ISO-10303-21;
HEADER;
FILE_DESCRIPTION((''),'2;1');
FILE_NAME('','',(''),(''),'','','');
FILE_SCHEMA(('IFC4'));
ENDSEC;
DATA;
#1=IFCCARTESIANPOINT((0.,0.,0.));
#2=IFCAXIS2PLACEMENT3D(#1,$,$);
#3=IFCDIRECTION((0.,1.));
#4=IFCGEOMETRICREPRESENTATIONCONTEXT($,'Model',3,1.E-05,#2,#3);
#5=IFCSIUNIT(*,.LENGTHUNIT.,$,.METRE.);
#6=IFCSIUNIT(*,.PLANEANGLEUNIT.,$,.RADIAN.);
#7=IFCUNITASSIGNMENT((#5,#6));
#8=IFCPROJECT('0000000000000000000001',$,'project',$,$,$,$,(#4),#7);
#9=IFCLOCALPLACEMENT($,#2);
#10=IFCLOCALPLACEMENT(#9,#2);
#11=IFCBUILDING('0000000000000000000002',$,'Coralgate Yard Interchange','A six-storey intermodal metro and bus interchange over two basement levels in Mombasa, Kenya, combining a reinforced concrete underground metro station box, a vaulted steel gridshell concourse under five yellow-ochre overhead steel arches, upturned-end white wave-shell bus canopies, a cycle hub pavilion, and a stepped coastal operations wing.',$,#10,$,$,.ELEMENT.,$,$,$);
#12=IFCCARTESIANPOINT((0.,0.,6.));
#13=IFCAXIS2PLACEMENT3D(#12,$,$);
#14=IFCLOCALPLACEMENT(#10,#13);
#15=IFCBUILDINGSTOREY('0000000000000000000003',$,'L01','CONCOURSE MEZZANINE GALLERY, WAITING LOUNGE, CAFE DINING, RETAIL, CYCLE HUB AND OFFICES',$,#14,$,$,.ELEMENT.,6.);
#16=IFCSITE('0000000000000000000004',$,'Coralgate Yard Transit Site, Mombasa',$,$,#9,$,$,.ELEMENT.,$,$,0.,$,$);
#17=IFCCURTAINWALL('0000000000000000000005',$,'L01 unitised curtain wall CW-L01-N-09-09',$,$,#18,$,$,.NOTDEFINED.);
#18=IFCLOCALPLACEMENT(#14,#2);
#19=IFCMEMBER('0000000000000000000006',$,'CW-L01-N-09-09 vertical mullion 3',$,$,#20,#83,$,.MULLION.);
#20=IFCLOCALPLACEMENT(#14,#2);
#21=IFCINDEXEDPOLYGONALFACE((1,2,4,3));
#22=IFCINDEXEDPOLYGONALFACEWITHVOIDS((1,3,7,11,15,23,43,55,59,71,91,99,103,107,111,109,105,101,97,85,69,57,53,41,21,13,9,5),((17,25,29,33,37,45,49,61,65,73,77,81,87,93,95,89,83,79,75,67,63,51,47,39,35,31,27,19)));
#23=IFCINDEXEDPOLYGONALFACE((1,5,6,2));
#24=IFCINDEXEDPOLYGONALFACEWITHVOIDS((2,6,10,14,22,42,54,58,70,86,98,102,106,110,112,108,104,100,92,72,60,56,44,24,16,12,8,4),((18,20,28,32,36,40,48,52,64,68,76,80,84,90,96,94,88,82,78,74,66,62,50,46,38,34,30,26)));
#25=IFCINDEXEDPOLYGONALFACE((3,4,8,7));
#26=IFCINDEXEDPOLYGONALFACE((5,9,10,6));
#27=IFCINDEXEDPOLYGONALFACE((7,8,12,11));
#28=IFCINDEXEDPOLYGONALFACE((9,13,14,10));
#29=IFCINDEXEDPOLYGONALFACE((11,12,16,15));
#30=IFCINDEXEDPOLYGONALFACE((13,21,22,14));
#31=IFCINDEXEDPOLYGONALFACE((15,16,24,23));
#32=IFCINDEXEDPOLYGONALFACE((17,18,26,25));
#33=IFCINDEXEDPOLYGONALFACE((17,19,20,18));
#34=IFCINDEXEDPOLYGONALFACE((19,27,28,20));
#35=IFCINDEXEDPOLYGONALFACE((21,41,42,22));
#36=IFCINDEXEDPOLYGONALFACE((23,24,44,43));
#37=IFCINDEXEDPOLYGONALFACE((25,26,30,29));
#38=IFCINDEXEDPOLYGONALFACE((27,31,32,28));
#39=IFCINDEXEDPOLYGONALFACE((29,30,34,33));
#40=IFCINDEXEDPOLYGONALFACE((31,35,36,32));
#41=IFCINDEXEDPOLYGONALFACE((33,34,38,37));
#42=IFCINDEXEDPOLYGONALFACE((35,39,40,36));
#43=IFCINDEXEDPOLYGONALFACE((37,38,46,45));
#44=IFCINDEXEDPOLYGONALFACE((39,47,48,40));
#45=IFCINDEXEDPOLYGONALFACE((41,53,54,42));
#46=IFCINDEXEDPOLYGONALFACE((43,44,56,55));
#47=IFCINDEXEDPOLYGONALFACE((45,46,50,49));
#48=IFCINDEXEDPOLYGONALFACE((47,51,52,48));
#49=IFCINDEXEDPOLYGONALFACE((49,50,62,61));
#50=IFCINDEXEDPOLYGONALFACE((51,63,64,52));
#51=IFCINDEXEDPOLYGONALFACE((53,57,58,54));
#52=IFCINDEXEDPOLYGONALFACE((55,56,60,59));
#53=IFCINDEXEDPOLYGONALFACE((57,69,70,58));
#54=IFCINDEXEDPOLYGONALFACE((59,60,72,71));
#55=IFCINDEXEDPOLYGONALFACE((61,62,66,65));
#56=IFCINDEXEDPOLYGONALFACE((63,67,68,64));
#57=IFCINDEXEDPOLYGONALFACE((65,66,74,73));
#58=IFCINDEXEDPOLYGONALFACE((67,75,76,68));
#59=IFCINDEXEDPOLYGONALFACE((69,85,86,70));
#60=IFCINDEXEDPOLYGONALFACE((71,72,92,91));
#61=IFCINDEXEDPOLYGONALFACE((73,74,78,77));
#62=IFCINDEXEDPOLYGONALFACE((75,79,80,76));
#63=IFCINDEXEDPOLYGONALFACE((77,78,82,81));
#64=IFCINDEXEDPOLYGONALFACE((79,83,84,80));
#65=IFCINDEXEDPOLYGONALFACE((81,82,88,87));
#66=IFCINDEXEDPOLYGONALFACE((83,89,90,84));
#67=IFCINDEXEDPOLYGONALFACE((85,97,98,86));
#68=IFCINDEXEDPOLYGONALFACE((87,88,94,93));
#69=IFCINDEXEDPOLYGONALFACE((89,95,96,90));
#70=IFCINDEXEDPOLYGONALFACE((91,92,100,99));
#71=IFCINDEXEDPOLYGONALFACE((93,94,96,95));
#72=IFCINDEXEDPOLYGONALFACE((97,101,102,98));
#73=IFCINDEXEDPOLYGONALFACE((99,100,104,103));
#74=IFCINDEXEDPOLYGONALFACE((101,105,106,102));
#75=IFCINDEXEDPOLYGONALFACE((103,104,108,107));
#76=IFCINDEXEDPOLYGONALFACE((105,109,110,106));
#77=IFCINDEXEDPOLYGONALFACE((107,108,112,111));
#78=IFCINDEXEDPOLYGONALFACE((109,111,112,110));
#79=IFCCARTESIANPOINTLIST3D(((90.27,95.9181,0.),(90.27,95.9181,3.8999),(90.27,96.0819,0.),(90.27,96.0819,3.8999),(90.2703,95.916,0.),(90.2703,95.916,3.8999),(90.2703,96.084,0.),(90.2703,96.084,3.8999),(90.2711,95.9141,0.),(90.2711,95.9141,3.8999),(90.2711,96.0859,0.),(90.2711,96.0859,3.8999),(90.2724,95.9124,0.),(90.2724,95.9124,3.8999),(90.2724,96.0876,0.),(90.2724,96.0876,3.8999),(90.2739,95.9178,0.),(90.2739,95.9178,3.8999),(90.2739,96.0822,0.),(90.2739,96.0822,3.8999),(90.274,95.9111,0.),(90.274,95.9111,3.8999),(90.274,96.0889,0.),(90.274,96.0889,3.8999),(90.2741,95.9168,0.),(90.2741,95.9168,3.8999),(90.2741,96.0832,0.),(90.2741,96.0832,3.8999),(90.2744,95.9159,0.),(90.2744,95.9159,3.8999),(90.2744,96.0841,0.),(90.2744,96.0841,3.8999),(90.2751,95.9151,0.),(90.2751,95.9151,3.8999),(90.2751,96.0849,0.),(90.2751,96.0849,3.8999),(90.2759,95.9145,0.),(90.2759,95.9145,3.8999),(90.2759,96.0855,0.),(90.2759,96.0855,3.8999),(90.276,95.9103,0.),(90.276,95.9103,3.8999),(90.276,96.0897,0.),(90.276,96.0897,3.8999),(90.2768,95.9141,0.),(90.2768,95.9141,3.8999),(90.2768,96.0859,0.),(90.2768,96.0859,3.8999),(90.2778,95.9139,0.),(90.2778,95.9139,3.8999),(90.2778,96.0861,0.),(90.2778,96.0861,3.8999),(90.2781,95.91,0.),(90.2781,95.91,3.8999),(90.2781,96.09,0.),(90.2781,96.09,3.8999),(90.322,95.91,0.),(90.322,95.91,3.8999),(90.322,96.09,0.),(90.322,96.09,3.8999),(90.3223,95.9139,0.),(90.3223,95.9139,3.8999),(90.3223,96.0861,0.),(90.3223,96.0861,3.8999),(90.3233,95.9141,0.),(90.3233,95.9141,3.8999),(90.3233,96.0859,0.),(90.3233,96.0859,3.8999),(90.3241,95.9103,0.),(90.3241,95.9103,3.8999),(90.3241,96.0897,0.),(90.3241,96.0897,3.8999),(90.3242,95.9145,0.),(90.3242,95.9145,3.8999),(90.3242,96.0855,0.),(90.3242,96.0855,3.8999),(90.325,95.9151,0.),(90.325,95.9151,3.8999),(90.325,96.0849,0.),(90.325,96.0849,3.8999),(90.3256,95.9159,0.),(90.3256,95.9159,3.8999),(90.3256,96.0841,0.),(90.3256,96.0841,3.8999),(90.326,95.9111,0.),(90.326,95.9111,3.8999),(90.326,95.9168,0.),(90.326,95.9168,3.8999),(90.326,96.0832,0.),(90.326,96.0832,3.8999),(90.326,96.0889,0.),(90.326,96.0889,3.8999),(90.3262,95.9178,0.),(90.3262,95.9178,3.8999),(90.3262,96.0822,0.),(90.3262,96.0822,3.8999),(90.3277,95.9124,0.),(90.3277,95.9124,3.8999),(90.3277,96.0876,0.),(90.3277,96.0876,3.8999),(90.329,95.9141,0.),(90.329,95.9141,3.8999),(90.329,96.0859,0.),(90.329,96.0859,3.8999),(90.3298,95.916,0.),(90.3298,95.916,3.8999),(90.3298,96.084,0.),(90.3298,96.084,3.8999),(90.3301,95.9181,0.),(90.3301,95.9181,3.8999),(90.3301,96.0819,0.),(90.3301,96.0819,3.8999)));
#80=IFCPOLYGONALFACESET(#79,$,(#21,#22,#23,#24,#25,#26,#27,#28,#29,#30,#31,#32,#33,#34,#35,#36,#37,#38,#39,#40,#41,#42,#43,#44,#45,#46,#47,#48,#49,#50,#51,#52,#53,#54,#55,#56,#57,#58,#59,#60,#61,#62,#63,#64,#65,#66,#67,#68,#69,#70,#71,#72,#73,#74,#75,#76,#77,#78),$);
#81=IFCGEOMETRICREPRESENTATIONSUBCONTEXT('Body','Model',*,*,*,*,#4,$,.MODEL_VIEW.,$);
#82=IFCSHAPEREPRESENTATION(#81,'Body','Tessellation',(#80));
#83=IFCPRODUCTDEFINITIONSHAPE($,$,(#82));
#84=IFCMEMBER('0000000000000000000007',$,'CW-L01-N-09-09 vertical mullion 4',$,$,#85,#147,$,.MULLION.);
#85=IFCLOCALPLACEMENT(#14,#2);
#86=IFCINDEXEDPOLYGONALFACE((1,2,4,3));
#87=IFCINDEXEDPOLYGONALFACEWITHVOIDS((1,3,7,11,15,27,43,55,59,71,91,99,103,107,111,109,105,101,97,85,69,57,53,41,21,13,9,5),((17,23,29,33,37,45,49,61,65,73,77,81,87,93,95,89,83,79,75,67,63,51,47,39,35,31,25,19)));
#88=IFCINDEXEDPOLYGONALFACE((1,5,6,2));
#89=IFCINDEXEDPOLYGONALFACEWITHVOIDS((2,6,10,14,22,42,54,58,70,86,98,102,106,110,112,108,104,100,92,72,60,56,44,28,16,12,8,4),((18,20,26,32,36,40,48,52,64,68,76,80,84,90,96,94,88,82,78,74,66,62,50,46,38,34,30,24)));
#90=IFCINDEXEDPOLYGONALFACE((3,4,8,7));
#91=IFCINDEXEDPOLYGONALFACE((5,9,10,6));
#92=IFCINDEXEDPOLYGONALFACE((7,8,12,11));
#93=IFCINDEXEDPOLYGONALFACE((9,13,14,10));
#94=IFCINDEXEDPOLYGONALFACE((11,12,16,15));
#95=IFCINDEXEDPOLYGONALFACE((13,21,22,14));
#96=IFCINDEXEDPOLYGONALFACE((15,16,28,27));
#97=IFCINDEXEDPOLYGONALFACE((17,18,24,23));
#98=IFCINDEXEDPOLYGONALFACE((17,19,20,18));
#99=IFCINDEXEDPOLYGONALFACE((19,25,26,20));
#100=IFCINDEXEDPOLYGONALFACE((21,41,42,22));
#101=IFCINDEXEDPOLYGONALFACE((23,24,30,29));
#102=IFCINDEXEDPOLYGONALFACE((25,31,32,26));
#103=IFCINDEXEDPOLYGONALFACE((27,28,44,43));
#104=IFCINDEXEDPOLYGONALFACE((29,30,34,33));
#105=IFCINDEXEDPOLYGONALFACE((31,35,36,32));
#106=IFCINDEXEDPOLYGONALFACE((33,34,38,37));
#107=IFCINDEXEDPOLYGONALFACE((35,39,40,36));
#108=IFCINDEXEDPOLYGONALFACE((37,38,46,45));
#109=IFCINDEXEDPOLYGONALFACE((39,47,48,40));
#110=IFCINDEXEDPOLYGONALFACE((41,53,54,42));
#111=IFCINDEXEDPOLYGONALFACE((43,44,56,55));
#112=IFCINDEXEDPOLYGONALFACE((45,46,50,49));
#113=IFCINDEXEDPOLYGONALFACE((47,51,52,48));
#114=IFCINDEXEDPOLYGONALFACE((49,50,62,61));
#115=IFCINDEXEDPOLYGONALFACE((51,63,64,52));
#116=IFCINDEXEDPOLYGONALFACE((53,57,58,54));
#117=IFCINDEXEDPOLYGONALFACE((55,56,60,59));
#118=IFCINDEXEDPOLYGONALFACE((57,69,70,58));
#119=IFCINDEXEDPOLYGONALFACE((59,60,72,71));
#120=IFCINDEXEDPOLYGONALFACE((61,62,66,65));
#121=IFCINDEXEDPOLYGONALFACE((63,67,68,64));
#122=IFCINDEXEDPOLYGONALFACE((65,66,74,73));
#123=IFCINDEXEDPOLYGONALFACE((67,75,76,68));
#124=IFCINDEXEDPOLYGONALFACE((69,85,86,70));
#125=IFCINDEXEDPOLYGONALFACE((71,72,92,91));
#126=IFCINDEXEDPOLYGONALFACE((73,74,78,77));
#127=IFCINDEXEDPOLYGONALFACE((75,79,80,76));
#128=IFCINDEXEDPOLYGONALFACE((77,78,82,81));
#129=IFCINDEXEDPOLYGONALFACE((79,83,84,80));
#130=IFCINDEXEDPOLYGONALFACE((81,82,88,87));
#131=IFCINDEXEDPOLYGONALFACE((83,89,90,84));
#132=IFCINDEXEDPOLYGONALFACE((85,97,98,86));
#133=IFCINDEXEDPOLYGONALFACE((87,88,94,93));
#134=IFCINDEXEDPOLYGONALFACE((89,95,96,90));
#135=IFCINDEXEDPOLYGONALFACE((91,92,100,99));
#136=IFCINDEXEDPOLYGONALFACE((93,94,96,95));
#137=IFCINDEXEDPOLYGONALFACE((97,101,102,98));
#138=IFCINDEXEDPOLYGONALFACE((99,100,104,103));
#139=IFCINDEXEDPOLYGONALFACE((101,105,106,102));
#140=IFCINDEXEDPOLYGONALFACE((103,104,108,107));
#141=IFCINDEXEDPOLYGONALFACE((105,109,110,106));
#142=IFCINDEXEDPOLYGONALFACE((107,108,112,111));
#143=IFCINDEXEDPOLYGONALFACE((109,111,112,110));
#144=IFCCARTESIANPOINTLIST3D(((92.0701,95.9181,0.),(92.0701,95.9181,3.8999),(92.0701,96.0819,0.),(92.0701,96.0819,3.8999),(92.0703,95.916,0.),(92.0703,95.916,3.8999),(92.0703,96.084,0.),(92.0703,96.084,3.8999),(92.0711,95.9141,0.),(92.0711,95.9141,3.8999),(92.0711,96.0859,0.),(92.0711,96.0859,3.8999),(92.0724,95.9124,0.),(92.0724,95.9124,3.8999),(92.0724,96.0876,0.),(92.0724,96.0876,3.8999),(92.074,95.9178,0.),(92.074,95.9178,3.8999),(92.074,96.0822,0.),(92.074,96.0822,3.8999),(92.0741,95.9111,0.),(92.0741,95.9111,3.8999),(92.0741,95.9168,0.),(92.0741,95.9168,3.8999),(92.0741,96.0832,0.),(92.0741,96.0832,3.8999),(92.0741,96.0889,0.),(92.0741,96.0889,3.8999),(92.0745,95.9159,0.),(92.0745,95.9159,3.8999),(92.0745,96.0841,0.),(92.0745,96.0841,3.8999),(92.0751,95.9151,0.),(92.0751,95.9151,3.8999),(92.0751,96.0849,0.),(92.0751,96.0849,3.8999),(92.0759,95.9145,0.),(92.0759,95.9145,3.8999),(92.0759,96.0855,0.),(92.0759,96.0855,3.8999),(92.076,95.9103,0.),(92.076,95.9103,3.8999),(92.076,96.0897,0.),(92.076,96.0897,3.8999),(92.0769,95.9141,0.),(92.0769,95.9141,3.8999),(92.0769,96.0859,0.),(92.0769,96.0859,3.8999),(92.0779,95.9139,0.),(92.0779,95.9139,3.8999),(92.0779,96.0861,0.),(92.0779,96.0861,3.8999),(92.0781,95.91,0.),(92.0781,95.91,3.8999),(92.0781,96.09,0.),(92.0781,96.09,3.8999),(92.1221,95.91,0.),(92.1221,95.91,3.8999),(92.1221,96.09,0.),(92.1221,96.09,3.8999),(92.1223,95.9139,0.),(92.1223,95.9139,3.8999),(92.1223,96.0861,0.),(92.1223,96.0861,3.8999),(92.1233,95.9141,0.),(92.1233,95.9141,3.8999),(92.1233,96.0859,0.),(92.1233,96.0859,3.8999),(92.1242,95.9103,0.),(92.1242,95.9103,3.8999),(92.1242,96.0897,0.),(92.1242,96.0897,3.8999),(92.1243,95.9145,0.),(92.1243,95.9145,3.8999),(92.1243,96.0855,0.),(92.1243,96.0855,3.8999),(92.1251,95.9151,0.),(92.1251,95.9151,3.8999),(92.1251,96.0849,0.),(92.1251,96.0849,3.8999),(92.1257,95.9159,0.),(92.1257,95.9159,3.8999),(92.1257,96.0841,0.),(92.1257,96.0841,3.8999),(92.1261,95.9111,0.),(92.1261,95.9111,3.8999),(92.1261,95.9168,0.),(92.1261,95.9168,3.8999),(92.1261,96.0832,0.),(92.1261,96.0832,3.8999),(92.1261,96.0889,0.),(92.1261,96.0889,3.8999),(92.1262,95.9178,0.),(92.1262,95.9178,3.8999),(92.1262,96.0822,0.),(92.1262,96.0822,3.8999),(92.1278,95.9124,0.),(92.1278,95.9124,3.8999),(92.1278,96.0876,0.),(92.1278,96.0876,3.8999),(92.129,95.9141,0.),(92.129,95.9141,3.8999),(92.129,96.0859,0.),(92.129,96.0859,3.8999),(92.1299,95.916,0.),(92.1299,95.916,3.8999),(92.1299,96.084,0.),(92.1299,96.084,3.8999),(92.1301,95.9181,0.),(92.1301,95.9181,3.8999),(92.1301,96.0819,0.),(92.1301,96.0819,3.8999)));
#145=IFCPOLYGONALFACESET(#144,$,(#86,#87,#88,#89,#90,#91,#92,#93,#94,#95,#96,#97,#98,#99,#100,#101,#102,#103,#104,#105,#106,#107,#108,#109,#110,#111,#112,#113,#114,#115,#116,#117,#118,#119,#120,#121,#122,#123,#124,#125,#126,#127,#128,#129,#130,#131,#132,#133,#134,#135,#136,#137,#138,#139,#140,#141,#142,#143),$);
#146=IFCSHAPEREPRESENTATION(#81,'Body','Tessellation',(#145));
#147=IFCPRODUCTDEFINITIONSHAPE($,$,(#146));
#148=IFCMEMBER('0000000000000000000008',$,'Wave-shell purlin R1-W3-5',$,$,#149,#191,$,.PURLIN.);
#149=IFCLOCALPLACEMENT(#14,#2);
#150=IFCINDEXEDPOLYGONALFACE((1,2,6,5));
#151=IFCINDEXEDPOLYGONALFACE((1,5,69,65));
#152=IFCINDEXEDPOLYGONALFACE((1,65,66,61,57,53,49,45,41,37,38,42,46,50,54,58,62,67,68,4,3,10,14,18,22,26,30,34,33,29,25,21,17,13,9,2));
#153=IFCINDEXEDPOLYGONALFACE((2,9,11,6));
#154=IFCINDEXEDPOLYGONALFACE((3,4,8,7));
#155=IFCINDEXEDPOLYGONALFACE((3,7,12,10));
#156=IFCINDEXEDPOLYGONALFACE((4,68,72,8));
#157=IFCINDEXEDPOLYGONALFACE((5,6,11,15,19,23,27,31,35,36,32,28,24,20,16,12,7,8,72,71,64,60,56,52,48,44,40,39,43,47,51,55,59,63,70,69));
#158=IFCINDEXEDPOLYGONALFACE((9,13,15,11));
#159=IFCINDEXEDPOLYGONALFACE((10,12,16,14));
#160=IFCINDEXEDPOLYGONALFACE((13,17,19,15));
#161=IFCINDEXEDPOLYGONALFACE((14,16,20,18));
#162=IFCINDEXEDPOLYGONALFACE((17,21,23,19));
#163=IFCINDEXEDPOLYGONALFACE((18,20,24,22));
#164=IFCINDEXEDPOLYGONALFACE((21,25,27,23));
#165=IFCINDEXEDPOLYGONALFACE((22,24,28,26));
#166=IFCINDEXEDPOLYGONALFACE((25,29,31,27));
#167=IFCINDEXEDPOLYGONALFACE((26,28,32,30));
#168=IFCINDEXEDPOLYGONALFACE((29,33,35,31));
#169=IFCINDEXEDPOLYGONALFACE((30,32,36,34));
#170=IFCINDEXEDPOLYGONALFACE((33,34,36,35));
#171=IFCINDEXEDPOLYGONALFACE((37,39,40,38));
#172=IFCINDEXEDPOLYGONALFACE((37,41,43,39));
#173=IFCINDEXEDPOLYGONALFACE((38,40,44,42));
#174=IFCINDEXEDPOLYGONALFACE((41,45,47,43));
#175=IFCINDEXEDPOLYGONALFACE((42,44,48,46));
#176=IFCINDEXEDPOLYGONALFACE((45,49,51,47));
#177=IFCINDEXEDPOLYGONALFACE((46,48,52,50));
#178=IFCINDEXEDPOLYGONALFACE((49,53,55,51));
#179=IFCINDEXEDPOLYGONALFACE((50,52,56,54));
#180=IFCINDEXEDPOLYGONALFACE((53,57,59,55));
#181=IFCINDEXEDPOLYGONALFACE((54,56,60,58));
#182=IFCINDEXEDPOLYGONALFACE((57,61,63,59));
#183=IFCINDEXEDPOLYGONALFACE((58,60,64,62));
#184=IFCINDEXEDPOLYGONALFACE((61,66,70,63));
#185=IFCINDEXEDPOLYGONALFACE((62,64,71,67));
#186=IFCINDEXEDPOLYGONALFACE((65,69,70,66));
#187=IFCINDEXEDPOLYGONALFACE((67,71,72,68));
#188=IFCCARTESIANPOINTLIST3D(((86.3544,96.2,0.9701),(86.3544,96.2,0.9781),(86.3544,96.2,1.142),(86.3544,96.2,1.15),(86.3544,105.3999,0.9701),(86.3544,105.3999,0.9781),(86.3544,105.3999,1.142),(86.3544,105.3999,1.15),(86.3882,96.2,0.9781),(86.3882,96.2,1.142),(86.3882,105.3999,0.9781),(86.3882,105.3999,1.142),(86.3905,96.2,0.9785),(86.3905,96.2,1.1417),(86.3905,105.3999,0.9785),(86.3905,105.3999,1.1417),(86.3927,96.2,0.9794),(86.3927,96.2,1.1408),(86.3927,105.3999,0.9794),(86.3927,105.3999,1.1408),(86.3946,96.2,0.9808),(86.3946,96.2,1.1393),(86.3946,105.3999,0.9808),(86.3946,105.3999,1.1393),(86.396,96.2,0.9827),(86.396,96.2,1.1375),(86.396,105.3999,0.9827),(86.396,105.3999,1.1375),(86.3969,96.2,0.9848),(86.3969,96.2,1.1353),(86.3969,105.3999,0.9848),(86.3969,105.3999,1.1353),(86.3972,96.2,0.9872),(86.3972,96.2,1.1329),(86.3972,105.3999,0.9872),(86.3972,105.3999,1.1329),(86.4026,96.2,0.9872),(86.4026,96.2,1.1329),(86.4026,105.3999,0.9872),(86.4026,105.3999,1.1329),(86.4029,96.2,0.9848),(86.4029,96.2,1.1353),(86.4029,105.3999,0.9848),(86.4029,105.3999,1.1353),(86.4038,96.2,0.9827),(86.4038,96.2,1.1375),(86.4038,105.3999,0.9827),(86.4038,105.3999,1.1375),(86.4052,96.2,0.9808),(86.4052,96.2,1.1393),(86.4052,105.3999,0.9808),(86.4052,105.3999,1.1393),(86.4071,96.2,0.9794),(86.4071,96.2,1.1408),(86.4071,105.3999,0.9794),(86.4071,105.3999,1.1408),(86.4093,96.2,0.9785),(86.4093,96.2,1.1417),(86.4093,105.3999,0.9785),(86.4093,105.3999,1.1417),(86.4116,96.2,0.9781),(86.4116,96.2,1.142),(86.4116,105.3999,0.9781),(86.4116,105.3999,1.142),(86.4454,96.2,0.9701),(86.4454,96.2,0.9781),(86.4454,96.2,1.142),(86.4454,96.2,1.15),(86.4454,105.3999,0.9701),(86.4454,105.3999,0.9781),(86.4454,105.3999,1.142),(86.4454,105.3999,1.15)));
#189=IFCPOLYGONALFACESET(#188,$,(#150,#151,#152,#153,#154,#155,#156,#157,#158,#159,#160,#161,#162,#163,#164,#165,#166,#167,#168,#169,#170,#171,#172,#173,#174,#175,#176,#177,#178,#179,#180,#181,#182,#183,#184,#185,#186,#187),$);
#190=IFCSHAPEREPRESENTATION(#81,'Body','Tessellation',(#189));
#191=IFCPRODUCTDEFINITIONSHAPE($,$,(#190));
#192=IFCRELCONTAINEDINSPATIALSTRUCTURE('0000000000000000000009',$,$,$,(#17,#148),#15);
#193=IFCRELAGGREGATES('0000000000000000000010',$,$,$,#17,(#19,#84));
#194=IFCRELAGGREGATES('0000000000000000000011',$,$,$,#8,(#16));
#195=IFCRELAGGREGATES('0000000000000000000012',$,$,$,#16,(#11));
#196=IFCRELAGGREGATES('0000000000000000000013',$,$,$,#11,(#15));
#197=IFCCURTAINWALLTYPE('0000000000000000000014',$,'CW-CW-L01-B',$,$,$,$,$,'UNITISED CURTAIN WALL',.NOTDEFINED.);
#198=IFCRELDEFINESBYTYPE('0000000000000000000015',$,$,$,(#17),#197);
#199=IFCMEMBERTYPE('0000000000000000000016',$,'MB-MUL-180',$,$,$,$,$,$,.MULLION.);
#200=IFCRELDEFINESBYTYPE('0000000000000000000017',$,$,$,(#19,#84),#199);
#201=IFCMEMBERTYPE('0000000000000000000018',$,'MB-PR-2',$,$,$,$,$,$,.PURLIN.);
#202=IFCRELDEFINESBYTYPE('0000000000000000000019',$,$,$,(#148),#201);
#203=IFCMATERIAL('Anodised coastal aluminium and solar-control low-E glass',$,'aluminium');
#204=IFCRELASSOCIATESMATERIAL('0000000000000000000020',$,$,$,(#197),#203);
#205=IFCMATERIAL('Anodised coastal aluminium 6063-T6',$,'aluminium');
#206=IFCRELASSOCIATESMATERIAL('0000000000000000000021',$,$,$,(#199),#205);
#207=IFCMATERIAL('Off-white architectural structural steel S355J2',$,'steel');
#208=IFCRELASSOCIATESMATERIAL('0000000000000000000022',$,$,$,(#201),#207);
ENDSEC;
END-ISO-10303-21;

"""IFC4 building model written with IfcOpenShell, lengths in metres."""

from ifc_helpers import new_model, si_unit, direction, frame, origin, origin_2d, place, context, subcontext, project, spatial, hollow_rectangle, i_section, extrude, material, material_profile, profile_set, type_object, element, aggregate, save


model = new_model("IFC4")

# Units and contexts
model_context = context("Model", 3, precision=1e-05, world=origin(), true_north=direction((0.0, 1.0)))
body_context = subcontext(model_context, "Body", "Model", "MODEL_VIEW")
ifc_project = project(units=[si_unit("LENGTHUNIT", "METRE"), si_unit("PLANEANGLEUNIT", "RADIAN")], contexts=[model_context])

# Site, building, storey
site_placement = place(None, origin())
site = spatial("IfcSite", under=ifc_project, at=site_placement, Name="Coralgate Yard Transit Site, Mombasa", CompositionType="ELEMENT", RefElevation=0.0)
building_placement = place(site_placement, origin())
building = spatial("IfcBuilding", under=site, at=building_placement, Name="Coralgate Yard Interchange", Description="A six-storey intermodal metro and bus interchange over two basement levels in Mombasa, Kenya, combining a reinforced concrete underground metro station box, a vaulted steel gridshell concourse under five yellow-ochre overhead steel arches, upturned-end white wave-shell bus canopies, a cycle hub pavilion, and a stepped coastal operations wing.", CompositionType="ELEMENT")
storey_placement = place(building_placement, frame((0.0, 0.0, 6.0)))
storey = spatial("IfcBuildingStorey", under=building, at=storey_placement, Name="L01", Description="CONCOURSE MEZZANINE GALLERY, WAITING LOUNGE, CAFE DINING, RETAIL, CYCLE HUB AND OFFICES", CompositionType="ELEMENT", Elevation=6.0)

# Shared definitions
ifc_material_1 = material(Name="Off-white architectural structural steel S355J2", Category="steel")

# Curtain wall, members
ifc_material_2 = material(Name="Anodised coastal aluminium and solar-control low-E glass", Category="aluminium")
curtain_wall_type = type_object("IfcCurtainWallType", Name="CW-CW-L01-B", ElementType="UNITISED CURTAIN WALL", PredefinedType="NOTDEFINED", material=ifc_material_2)
curtain_wall_placement = place(storey_placement, origin())
curtain_wall = element("IfcCurtainWall", 1, at=curtain_wall_placement, inside=storey, type_object=curtain_wall_type, Name="L01 unitised curtain wall CW-L01-N-09-09", PredefinedType="NOTDEFINED")
ifc_material_3 = material(Name="Anodised coastal aluminium 6063-T6", Category="aluminium")
ifc_material_profile_1 = material_profile(ifc_material_3, hollow_rectangle(XDim=0.0601, YDim=0.1799, WallThickness=0.0039, InnerFilletRadius=0.0039, OuterFilletRadius=0.0081, at=origin_2d()), Name="ALU 60x180x4")
ifc_profile_set_1 = profile_set([ifc_material_profile_1], Name="Anodised coastal aluminium 6063-T6")
member_type_1 = type_object("IfcMemberType", Name="MB-MUL-180", PredefinedType="MULLION", material=ifc_profile_set_1)
member_1_placement = place(storey_placement, frame((90.3, 96.0, 0.0), z_axis=(0.0, 0.0, 1.0), x_axis=(1.0, 0.0, 0.0)))
member_1 = element("IfcMember", 2, at=member_1_placement, type_object=member_type_1, Name="CW-L01-N-09-09 vertical mullion 3", PredefinedType="MULLION", context=body_context, shape_type="SweptSolid", body=[
    extrude(hollow_rectangle(XDim=0.0601, YDim=0.1799, WallThickness=0.0039, InnerFilletRadius=0.0039, OuterFilletRadius=0.0081, at=origin_2d()), origin(), (0.0, 0.0, 1.0), 3.8999),
])
member_2_placement = place(storey_placement, frame((92.1001, 96.0, 0.0), z_axis=(0.0, 0.0, 1.0), x_axis=(1.0, 0.0, 0.0)))
member_2 = element("IfcMember", 3, at=member_2_placement, type_object=member_type_1, Name="CW-L01-N-09-09 vertical mullion 4", PredefinedType="MULLION", context=body_context, shape_type="SweptSolid", body=[
    extrude(hollow_rectangle(XDim=0.0601, YDim=0.1799, WallThickness=0.0039, InnerFilletRadius=0.0039, OuterFilletRadius=0.0081, at=origin_2d()), origin(), (0.0, 0.0, 1.0), 3.8999),
])

# Member
ifc_material_profile_2 = material_profile(ifc_material_1, i_section(OverallWidth=0.0911, OverallDepth=0.1799, WebThickness=0.0054, FlangeThickness=0.0081, FilletRadius=0.009, at=origin_2d()), Name="IPE 180")
ifc_profile_set_2 = profile_set([ifc_material_profile_2], Name="Off-white architectural structural steel S355J2")
member_type_2 = type_object("IfcMemberType", Name="MB-PR-2", PredefinedType="PURLIN", material=ifc_profile_set_2)
for number, where, z_axis, x_axis, name in (
    (4, (86.3999, 96.2, 1.0601), (0.0, 1.0, 0.0), (-1.0, 0.0, 0.0), "Wave-shell purlin R1-W3-5"),
):
    element("IfcMember", number, at=place(storey_placement, frame(where, z_axis=z_axis, x_axis=x_axis)), inside=storey, type_object=member_type_2, Name=name, PredefinedType="PURLIN", context=body_context, shape_type="SweptSolid", body=[
        extrude(i_section(OverallWidth=0.0911, OverallDepth=0.1799, WebThickness=0.0054, FlangeThickness=0.0081, FilletRadius=0.009, at=origin_2d()), origin(), (0.0, 0.0, 1.0), 9.2),
    ])

aggregate(curtain_wall, [member_1, member_2])

save(model, "model.ifc")
